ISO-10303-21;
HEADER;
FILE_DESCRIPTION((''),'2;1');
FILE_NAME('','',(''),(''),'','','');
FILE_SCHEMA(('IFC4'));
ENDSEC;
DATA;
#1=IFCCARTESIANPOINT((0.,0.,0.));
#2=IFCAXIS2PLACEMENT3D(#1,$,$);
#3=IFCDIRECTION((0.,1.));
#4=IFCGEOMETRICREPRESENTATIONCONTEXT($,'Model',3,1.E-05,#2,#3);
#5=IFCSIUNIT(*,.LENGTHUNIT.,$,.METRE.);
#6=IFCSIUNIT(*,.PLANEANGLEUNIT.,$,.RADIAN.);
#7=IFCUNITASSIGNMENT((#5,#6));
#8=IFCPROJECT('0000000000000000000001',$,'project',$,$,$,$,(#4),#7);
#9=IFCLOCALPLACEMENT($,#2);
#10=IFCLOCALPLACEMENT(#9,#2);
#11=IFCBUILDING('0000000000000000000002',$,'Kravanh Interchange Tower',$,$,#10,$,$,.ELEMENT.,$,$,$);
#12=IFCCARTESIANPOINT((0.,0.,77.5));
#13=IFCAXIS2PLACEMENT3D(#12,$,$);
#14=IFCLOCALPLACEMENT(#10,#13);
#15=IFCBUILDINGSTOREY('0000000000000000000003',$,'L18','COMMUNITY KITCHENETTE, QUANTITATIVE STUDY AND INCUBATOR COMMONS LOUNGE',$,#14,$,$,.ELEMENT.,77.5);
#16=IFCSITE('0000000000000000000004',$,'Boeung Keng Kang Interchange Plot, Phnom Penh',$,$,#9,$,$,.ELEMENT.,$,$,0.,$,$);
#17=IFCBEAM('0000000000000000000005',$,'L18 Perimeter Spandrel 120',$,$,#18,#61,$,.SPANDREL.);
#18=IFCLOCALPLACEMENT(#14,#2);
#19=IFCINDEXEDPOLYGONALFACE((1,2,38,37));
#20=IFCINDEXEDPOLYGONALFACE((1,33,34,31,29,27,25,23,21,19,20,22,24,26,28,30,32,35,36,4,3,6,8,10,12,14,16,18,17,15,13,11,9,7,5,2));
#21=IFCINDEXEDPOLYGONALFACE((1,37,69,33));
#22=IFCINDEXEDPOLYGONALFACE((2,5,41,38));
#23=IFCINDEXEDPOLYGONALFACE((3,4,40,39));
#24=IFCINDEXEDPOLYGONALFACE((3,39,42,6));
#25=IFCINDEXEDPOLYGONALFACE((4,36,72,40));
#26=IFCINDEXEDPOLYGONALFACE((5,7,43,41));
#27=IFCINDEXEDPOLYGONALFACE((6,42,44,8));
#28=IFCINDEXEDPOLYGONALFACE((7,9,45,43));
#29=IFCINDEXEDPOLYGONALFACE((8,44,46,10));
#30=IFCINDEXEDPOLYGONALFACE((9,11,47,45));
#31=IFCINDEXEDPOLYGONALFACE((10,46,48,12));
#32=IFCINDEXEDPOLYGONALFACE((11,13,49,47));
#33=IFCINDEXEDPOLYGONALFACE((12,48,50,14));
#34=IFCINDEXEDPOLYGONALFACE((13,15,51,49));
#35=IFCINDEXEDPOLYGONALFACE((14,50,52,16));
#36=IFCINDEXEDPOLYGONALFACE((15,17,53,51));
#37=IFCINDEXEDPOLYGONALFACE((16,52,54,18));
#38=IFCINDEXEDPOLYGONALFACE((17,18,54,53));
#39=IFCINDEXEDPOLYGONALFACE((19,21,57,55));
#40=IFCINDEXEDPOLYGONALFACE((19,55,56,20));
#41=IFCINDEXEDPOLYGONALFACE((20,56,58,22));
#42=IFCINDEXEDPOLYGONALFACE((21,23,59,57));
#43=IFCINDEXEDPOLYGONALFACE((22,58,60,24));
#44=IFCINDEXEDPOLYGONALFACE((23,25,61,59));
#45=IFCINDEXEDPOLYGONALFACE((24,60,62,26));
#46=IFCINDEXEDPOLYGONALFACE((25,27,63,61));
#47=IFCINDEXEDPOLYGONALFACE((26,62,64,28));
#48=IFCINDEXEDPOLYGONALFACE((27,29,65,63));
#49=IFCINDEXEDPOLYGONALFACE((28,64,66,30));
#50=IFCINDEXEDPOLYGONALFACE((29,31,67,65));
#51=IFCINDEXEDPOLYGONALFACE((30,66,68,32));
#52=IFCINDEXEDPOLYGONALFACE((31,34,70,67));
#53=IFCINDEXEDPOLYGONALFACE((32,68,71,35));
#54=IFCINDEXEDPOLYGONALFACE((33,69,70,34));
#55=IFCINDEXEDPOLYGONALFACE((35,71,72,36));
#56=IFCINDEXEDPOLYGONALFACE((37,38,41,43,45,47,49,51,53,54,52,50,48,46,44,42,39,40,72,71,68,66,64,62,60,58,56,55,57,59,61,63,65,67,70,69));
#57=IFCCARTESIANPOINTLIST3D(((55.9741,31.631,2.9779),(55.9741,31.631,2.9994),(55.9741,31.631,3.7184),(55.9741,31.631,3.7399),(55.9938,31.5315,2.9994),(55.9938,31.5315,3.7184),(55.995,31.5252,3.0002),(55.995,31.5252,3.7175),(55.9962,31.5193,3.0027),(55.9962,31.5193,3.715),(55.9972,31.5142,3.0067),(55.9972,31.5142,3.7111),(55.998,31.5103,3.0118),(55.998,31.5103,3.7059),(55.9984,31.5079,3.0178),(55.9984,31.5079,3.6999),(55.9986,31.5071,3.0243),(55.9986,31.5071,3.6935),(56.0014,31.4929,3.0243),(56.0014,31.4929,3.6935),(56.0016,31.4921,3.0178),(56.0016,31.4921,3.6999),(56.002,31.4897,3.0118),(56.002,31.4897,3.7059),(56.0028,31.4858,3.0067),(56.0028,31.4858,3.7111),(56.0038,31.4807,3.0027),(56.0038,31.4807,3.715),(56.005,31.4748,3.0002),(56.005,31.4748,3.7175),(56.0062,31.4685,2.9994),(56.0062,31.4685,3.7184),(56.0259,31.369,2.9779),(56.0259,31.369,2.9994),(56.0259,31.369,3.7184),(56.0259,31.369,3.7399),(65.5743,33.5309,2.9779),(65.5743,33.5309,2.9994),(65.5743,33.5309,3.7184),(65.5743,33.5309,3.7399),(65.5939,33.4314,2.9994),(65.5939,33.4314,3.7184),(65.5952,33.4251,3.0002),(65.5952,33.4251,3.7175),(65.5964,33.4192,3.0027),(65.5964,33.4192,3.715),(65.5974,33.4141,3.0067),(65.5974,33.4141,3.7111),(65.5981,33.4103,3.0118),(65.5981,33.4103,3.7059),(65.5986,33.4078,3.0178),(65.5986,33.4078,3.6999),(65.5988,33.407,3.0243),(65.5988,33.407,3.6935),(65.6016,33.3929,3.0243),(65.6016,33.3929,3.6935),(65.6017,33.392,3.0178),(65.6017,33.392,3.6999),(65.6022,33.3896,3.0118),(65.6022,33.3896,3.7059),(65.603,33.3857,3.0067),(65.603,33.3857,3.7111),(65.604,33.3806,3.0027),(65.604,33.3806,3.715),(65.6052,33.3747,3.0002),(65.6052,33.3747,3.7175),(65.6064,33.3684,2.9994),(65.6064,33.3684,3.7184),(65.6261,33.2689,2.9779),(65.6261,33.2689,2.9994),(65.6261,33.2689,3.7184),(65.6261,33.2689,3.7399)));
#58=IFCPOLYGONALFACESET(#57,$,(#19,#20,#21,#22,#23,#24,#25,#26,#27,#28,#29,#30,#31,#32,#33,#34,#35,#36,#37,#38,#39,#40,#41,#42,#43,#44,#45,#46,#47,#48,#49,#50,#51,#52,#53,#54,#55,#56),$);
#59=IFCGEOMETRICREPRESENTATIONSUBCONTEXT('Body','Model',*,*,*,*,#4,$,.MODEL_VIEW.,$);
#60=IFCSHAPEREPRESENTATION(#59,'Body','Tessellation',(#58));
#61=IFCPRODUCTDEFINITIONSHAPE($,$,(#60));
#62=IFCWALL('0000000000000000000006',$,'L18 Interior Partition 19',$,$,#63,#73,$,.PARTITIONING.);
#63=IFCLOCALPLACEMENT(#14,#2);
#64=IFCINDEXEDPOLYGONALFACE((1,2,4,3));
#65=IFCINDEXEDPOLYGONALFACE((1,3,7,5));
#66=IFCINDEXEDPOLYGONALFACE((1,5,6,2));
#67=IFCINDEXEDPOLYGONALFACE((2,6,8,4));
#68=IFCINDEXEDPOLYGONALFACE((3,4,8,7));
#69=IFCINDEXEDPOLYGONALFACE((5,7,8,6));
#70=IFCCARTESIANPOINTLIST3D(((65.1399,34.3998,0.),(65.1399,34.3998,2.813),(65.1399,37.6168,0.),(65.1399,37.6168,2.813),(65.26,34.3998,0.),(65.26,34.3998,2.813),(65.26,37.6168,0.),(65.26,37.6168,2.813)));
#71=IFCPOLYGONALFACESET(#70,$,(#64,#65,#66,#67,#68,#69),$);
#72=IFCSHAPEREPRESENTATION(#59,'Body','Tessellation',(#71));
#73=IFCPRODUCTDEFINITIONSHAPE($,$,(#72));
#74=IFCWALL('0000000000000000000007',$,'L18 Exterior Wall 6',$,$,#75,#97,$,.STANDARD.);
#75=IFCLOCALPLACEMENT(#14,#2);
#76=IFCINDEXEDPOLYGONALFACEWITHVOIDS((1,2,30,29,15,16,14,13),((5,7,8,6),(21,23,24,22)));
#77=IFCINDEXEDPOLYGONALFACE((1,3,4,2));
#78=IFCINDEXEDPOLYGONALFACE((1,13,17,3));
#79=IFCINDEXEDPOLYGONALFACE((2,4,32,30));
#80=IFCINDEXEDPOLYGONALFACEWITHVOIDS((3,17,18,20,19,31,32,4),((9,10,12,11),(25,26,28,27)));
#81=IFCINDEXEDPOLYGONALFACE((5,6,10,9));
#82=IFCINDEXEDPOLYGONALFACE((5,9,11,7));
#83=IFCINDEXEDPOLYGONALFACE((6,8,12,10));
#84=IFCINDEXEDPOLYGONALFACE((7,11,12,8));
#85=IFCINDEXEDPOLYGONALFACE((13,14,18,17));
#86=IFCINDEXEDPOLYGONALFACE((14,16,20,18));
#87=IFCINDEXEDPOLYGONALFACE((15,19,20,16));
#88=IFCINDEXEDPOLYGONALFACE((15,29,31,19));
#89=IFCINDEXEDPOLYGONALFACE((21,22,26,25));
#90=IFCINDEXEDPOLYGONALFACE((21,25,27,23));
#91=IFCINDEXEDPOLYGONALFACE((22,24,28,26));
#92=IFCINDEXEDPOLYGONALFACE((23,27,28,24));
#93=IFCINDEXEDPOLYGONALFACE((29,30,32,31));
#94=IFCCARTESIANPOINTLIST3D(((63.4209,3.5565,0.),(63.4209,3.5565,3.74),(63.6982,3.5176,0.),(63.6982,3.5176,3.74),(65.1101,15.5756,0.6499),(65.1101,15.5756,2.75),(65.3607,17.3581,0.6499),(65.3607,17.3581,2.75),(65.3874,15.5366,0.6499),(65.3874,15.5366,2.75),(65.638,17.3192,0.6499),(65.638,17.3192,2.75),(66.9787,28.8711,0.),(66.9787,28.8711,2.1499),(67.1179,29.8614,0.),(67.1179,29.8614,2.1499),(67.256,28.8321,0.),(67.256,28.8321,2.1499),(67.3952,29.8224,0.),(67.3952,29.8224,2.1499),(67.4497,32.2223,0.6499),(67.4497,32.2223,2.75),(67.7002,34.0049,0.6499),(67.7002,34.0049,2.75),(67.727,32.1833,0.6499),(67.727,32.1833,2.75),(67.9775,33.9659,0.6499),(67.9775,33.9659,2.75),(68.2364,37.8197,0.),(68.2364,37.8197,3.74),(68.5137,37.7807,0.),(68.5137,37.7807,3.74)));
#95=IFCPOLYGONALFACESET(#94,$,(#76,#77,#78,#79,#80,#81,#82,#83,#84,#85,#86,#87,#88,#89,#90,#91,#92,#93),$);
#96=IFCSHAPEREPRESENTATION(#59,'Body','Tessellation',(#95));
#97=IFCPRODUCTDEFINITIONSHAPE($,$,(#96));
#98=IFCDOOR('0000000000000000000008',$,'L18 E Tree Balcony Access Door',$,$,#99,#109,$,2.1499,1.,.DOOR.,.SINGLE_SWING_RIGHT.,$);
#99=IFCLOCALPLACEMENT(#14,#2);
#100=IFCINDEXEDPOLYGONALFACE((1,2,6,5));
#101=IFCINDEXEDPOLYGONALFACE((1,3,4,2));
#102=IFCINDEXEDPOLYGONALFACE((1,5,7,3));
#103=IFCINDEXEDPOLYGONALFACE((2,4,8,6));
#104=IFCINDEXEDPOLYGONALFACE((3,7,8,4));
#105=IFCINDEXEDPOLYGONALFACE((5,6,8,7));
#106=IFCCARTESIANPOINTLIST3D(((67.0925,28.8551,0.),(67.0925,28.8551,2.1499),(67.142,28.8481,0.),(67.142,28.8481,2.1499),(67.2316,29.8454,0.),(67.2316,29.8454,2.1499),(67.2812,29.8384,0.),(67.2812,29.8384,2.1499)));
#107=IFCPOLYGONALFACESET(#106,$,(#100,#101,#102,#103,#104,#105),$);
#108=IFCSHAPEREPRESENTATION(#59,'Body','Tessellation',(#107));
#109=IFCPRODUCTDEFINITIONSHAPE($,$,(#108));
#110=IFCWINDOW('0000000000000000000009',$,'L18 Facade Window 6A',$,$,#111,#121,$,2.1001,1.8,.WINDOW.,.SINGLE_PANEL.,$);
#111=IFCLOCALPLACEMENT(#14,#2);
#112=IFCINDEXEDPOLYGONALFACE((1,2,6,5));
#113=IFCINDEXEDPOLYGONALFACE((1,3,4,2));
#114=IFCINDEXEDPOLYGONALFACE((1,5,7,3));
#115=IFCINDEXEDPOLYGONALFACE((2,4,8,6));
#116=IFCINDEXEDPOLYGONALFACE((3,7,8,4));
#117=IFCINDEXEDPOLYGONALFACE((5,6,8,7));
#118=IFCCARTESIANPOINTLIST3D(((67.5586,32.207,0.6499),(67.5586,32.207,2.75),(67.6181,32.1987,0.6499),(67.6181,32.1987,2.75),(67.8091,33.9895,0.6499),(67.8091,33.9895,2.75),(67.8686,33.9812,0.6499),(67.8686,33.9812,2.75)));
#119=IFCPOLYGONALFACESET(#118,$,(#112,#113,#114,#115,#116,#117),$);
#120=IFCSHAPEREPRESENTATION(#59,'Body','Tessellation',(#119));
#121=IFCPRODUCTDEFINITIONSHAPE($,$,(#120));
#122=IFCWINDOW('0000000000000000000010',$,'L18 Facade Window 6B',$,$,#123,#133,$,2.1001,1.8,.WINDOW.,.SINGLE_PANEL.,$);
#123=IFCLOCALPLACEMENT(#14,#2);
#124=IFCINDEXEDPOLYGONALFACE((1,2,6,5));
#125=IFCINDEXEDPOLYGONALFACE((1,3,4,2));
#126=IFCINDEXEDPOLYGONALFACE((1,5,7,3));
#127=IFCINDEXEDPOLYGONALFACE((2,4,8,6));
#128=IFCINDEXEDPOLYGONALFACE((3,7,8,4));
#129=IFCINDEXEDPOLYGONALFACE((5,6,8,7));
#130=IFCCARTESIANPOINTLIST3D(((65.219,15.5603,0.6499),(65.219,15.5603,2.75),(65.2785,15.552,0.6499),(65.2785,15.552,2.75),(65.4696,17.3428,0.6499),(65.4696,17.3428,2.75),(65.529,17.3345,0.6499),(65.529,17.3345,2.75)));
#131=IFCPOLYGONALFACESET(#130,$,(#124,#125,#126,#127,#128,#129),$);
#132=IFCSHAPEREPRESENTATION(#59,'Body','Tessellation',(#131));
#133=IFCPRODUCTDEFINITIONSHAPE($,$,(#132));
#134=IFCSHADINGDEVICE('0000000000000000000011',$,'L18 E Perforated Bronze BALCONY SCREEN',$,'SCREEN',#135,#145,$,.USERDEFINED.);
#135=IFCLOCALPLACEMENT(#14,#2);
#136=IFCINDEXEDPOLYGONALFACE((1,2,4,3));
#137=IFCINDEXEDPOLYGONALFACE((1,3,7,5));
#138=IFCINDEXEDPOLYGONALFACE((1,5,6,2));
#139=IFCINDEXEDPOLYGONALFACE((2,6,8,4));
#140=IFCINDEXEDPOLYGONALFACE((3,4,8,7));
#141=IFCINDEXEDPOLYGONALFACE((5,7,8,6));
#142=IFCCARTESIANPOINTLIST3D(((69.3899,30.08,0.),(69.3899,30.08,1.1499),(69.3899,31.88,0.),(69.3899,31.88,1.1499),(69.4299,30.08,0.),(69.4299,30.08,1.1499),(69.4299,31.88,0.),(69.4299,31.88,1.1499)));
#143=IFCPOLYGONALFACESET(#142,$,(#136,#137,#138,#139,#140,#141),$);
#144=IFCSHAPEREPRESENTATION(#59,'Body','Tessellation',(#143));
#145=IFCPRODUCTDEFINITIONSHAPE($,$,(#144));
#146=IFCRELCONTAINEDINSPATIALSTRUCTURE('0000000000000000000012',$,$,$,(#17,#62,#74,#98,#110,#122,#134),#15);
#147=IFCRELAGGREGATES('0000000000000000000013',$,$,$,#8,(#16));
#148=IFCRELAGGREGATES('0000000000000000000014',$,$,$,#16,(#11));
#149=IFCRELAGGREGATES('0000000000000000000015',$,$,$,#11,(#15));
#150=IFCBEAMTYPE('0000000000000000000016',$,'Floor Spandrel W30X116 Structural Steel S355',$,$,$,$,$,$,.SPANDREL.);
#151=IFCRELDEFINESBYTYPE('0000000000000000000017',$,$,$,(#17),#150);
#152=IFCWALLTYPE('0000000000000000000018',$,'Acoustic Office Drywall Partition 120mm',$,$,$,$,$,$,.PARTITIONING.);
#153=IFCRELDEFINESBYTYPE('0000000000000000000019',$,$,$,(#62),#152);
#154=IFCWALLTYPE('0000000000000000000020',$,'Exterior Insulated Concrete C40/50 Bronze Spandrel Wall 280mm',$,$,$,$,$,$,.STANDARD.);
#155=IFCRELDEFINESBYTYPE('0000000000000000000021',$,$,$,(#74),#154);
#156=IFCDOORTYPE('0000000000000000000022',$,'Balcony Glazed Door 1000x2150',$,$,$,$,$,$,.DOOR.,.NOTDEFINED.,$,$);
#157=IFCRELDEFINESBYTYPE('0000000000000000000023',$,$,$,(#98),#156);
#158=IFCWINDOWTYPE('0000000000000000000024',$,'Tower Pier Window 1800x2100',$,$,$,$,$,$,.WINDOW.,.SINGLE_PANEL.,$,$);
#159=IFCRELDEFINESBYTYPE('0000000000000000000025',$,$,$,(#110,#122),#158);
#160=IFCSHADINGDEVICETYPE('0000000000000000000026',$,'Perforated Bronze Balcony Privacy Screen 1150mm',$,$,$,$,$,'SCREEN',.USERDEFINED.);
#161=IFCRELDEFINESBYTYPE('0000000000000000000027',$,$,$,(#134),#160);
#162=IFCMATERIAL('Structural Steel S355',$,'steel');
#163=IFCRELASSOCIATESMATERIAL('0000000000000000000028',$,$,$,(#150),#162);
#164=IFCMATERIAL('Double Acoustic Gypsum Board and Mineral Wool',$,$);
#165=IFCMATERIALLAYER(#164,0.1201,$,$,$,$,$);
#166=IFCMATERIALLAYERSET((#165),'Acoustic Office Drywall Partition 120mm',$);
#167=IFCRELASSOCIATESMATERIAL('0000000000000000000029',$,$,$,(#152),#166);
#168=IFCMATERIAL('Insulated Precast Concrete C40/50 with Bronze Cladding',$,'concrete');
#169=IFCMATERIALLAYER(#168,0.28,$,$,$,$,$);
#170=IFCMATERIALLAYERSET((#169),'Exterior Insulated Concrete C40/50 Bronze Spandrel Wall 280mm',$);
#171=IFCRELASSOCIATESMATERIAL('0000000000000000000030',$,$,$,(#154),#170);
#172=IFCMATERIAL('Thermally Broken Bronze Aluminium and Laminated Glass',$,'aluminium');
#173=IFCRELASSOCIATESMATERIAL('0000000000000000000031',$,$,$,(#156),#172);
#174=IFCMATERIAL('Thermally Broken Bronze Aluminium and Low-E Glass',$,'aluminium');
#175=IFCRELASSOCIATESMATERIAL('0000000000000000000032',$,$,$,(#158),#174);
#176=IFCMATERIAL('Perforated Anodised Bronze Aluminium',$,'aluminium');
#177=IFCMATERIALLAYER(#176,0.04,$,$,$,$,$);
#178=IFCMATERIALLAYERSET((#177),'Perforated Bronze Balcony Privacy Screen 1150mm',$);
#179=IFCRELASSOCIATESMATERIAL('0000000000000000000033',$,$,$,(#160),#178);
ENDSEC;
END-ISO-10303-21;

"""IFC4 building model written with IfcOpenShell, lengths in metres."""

from ifc_helpers import new_model, si_unit, direction, frame, frame_2d, origin, origin_2d, place, context, subcontext, project, spatial, rectangle, i_section, extrude, material, layer, layer_set, material_profile, profile_set, type_object, element, fill, save


model = new_model("IFC4")

# Units and contexts
model_context = context("Model", 3, precision=1e-05, world=origin(), true_north=direction((0.0, 1.0)))
body_context = subcontext(model_context, "Body", "Model", "MODEL_VIEW")
ifc_project = project(units=[si_unit("LENGTHUNIT", "METRE"), si_unit("PLANEANGLEUNIT", "RADIAN")], contexts=[model_context])

# Site, building, storey
site_placement = place(None, origin())
site = spatial("IfcSite", under=ifc_project, at=site_placement, Name="Boeung Keng Kang Interchange Plot, Phnom Penh", CompositionType="ELEMENT", RefElevation=0.0)
building_placement = place(site_placement, origin())
building = spatial("IfcBuilding", under=site, at=building_placement, Name="Kravanh Interchange Tower", CompositionType="ELEMENT")
storey_placement = place(building_placement, frame((0.0, 0.0, 77.5)))
storey = spatial("IfcBuildingStorey", under=building, at=storey_placement, Name="L18", Description="COMMUNITY KITCHENETTE, QUANTITATIVE STUDY AND INCUBATOR COMMONS LOUNGE", CompositionType="ELEMENT", Elevation=77.5)

# Beam
ifc_material_1 = material(Name="Structural Steel S355", Category="steel")
ifc_material_profile_1 = material_profile(ifc_material_1, i_section(OverallWidth=0.2671, OverallDepth=0.762, WebThickness=0.0144, FlangeThickness=0.0215, FilletRadius=0.0249, at=origin_2d()), Name="W30X116")
ifc_profile_set_1 = profile_set([ifc_material_profile_1], Name="Structural Steel S355")
beam_type_1 = type_object("IfcBeamType", Name="Floor Spandrel W30X116 Structural Steel S355", PredefinedType="SPANDREL", material=ifc_profile_set_1)
beam_1_placement = place(storey_placement, frame((56.0, 31.5, 3.3589), z_axis=(0.980974, 0.194139, 0.0), x_axis=(-0.194139, 0.980974, 0.0)))
element("IfcBeam", 1, at=beam_1_placement, inside=storey, type_object=beam_type_1, Name="L18 Perimeter Spandrel 120", PredefinedType="SPANDREL", context=body_context, shape_type="SweptSolid", body=[
    extrude(i_section(OverallWidth=0.2671, OverallDepth=0.762, WebThickness=0.0144, FlangeThickness=0.0215, FilletRadius=0.0249, at=origin_2d()), origin(), (0.0, 0.0, 1.0), 9.7864),
])

# Wall
ifc_material_2 = material(Name="Double Acoustic Gypsum Board and Mineral Wool")
ifc_layer_1 = layer(ifc_material_2, 0.1201)
ifc_layer_set_1 = layer_set([ifc_layer_1], Name="Acoustic Office Drywall Partition 120mm")
wall_type_1 = type_object("IfcWallType", Name="Acoustic Office Drywall Partition 120mm", PredefinedType="PARTITIONING", material=ifc_layer_set_1)
wall_1_placement = place(storey_placement, frame((65.2, 34.3999, 0.0), z_axis=(0.0, 0.0, 1.0), x_axis=(0.0, 1.0, 0.0)))
element("IfcWall", 2, at=wall_1_placement, inside=storey, type_object=wall_type_1, Name="L18 Interior Partition 19", PredefinedType="PARTITIONING", context=body_context, shape_type="SweptSolid", body=[
    extrude(rectangle(XDim=3.217, YDim=0.1201, at=frame_2d((1.6084, 0.0))), origin(), (0.0, 0.0, 1.0), 2.813),
])

# Wall, openings, door, windows
ifc_material_3 = material(Name="Insulated Precast Concrete C40/50 with Bronze Cladding", Category="concrete")
ifc_layer_2 = layer(ifc_material_3, 0.28)
ifc_layer_set_2 = layer_set([ifc_layer_2], Name="Exterior Insulated Concrete C40/50 Bronze Spandrel Wall 280mm")
wall_type_2 = type_object("IfcWallType", Name="Exterior Insulated Concrete C40/50 Bronze Spandrel Wall 280mm", PredefinedType="STANDARD", material=ifc_layer_set_2)
wall_2_placement = place(storey_placement, frame((68.375, 37.8, 0.0), z_axis=(0.0, 0.0, 1.0), x_axis=(-0.139175, -0.990268, 0.0)))
wall_2 = element("IfcWall", 3, at=wall_2_placement, inside=storey, type_object=wall_type_2, Name="L18 Exterior Wall 6", PredefinedType="STANDARD", context=body_context, shape_type="SweptSolid", body=[
    extrude(rectangle(XDim=34.5999, YDim=0.28, at=frame_2d((17.2998, 0.0))), origin(), (0.0, 0.0, 1.0), 3.74),
])
opening_1_placement = place(wall_2_placement, frame((8.0364, 0.0, 0.0)))
opening_1 = element("IfcOpeningElement", 4, at=opening_1_placement, cuts=wall_2, PredefinedType="OPENING", context=body_context, shape_type="SweptSolid", body=[
    extrude(rectangle(XDim=1.0, YDim=2.1499, at=frame_2d((0.5, 1.075))), frame((0.0, 0.1499, 0.0), z_axis=(0.0, -1.0, 0.0), x_axis=(1.0, 0.0, 0.0)), (0.0, 0.0, 1.0), 0.3),
])
opening_2_placement = place(wall_2_placement, frame((3.8523, 0.0, 0.6499)))
opening_2 = element("IfcOpeningElement", 5, at=opening_2_placement, cuts=wall_2, PredefinedType="OPENING", context=body_context, shape_type="SweptSolid", body=[
    extrude(rectangle(XDim=1.8, YDim=2.1001, at=frame_2d((0.8999, 1.05))), frame((0.0, 0.1499, 0.0), z_axis=(0.0, -1.0, 0.0), x_axis=(1.0, 0.0, 0.0)), (0.0, 0.0, 1.0), 0.3),
])
opening_3_placement = place(wall_2_placement, frame((20.6626, 0.0, 0.6499)))
opening_3 = element("IfcOpeningElement", 6, at=opening_3_placement, cuts=wall_2, PredefinedType="OPENING", context=body_context, shape_type="SweptSolid", body=[
    extrude(rectangle(XDim=1.8, YDim=2.1001, at=frame_2d((0.8999, 1.05))), frame((0.0, 0.1499, 0.0), z_axis=(0.0, -1.0, 0.0), x_axis=(1.0, 0.0, 0.0)), (0.0, 0.0, 1.0), 0.3),
])
ifc_material_4 = material(Name="Thermally Broken Bronze Aluminium and Laminated Glass", Category="aluminium")
door_type_1 = type_object("IfcDoorType", Name="Balcony Glazed Door 1000x2150", OperationType="NOTDEFINED", PredefinedType="DOOR", material=ifc_material_4)
door_1_placement = place(opening_1_placement, origin())
door_1 = element("IfcDoor", 7, at=door_1_placement, inside=storey, type_object=door_type_1, Name="L18 E Tree Balcony Access Door", OperationType="SINGLE_SWING_RIGHT", OverallHeight=2.1499, OverallWidth=1.0, PredefinedType="DOOR", context=body_context, shape_type="SweptSolid", body=[
    extrude(rectangle(XDim=1.0, YDim=2.1499, at=frame_2d((0.5, 1.075))), frame((0.0, 0.0249, 0.0), z_axis=(0.0, -1.0, 0.0), x_axis=(1.0, 0.0, 0.0)), (0.0, 0.0, 1.0), 0.05),
])
fill(opening_1, door_1)
ifc_material_5 = material(Name="Thermally Broken Bronze Aluminium and Low-E Glass", Category="aluminium")
window_type = type_object("IfcWindowType", Name="Tower Pier Window 1800x2100", PartitioningType="SINGLE_PANEL", PredefinedType="WINDOW", material=ifc_material_5)
window_1_placement = place(opening_2_placement, origin())
window_1 = element("IfcWindow", 8, at=window_1_placement, inside=storey, type_object=window_type, Name="L18 Facade Window 6A", OverallHeight=2.1001, OverallWidth=1.8, PartitioningType="SINGLE_PANEL", PredefinedType="WINDOW", context=body_context, shape_type="SweptSolid", body=[
    extrude(rectangle(XDim=1.8, YDim=2.1001, at=frame_2d((0.8999, 1.05))), frame((0.0, 0.03, 0.0), z_axis=(0.0, -1.0, 0.0), x_axis=(1.0, 0.0, 0.0)), (0.0, 0.0, 1.0), 0.0601),
])
fill(opening_2, window_1)
window_2_placement = place(opening_3_placement, origin())
window_2 = element("IfcWindow", 9, at=window_2_placement, inside=storey, type_object=window_type, Name="L18 Facade Window 6B", OverallHeight=2.1001, OverallWidth=1.8, PartitioningType="SINGLE_PANEL", PredefinedType="WINDOW", context=body_context, shape_type="SweptSolid", body=[
    extrude(rectangle(XDim=1.8, YDim=2.1001, at=frame_2d((0.8999, 1.05))), frame((0.0, 0.03, 0.0), z_axis=(0.0, -1.0, 0.0), x_axis=(1.0, 0.0, 0.0)), (0.0, 0.0, 1.0), 0.0601),
])
fill(opening_3, window_2)

# Shading device
ifc_material_6 = material(Name="Perforated Anodised Bronze Aluminium", Category="aluminium")
ifc_layer_3 = layer(ifc_material_6, 0.04)
ifc_layer_set_3 = layer_set([ifc_layer_3], Name="Perforated Bronze Balcony Privacy Screen 1150mm")
shading_device_type = type_object("IfcShadingDeviceType", Name="Perforated Bronze Balcony Privacy Screen 1150mm", ElementType="SCREEN", PredefinedType="USERDEFINED", material=ifc_layer_set_3)
shading_device_placement = place(storey_placement, frame((69.4099, 30.98, 0.0), z_axis=(0.0, 0.0, 1.0), x_axis=(1.0, 0.0, 0.0)))
element("IfcShadingDevice", 10, at=shading_device_placement, inside=storey, type_object=shading_device_type, Name="L18 E Perforated Bronze BALCONY SCREEN", ObjectType="SCREEN", PredefinedType="USERDEFINED", context=body_context, shape_type="SweptSolid", body=[
    extrude(rectangle(XDim=0.04, YDim=1.8, at=origin_2d()), origin(), (0.0, 0.0, 1.0), 1.1499),
])

save(model, "model.ifc")
